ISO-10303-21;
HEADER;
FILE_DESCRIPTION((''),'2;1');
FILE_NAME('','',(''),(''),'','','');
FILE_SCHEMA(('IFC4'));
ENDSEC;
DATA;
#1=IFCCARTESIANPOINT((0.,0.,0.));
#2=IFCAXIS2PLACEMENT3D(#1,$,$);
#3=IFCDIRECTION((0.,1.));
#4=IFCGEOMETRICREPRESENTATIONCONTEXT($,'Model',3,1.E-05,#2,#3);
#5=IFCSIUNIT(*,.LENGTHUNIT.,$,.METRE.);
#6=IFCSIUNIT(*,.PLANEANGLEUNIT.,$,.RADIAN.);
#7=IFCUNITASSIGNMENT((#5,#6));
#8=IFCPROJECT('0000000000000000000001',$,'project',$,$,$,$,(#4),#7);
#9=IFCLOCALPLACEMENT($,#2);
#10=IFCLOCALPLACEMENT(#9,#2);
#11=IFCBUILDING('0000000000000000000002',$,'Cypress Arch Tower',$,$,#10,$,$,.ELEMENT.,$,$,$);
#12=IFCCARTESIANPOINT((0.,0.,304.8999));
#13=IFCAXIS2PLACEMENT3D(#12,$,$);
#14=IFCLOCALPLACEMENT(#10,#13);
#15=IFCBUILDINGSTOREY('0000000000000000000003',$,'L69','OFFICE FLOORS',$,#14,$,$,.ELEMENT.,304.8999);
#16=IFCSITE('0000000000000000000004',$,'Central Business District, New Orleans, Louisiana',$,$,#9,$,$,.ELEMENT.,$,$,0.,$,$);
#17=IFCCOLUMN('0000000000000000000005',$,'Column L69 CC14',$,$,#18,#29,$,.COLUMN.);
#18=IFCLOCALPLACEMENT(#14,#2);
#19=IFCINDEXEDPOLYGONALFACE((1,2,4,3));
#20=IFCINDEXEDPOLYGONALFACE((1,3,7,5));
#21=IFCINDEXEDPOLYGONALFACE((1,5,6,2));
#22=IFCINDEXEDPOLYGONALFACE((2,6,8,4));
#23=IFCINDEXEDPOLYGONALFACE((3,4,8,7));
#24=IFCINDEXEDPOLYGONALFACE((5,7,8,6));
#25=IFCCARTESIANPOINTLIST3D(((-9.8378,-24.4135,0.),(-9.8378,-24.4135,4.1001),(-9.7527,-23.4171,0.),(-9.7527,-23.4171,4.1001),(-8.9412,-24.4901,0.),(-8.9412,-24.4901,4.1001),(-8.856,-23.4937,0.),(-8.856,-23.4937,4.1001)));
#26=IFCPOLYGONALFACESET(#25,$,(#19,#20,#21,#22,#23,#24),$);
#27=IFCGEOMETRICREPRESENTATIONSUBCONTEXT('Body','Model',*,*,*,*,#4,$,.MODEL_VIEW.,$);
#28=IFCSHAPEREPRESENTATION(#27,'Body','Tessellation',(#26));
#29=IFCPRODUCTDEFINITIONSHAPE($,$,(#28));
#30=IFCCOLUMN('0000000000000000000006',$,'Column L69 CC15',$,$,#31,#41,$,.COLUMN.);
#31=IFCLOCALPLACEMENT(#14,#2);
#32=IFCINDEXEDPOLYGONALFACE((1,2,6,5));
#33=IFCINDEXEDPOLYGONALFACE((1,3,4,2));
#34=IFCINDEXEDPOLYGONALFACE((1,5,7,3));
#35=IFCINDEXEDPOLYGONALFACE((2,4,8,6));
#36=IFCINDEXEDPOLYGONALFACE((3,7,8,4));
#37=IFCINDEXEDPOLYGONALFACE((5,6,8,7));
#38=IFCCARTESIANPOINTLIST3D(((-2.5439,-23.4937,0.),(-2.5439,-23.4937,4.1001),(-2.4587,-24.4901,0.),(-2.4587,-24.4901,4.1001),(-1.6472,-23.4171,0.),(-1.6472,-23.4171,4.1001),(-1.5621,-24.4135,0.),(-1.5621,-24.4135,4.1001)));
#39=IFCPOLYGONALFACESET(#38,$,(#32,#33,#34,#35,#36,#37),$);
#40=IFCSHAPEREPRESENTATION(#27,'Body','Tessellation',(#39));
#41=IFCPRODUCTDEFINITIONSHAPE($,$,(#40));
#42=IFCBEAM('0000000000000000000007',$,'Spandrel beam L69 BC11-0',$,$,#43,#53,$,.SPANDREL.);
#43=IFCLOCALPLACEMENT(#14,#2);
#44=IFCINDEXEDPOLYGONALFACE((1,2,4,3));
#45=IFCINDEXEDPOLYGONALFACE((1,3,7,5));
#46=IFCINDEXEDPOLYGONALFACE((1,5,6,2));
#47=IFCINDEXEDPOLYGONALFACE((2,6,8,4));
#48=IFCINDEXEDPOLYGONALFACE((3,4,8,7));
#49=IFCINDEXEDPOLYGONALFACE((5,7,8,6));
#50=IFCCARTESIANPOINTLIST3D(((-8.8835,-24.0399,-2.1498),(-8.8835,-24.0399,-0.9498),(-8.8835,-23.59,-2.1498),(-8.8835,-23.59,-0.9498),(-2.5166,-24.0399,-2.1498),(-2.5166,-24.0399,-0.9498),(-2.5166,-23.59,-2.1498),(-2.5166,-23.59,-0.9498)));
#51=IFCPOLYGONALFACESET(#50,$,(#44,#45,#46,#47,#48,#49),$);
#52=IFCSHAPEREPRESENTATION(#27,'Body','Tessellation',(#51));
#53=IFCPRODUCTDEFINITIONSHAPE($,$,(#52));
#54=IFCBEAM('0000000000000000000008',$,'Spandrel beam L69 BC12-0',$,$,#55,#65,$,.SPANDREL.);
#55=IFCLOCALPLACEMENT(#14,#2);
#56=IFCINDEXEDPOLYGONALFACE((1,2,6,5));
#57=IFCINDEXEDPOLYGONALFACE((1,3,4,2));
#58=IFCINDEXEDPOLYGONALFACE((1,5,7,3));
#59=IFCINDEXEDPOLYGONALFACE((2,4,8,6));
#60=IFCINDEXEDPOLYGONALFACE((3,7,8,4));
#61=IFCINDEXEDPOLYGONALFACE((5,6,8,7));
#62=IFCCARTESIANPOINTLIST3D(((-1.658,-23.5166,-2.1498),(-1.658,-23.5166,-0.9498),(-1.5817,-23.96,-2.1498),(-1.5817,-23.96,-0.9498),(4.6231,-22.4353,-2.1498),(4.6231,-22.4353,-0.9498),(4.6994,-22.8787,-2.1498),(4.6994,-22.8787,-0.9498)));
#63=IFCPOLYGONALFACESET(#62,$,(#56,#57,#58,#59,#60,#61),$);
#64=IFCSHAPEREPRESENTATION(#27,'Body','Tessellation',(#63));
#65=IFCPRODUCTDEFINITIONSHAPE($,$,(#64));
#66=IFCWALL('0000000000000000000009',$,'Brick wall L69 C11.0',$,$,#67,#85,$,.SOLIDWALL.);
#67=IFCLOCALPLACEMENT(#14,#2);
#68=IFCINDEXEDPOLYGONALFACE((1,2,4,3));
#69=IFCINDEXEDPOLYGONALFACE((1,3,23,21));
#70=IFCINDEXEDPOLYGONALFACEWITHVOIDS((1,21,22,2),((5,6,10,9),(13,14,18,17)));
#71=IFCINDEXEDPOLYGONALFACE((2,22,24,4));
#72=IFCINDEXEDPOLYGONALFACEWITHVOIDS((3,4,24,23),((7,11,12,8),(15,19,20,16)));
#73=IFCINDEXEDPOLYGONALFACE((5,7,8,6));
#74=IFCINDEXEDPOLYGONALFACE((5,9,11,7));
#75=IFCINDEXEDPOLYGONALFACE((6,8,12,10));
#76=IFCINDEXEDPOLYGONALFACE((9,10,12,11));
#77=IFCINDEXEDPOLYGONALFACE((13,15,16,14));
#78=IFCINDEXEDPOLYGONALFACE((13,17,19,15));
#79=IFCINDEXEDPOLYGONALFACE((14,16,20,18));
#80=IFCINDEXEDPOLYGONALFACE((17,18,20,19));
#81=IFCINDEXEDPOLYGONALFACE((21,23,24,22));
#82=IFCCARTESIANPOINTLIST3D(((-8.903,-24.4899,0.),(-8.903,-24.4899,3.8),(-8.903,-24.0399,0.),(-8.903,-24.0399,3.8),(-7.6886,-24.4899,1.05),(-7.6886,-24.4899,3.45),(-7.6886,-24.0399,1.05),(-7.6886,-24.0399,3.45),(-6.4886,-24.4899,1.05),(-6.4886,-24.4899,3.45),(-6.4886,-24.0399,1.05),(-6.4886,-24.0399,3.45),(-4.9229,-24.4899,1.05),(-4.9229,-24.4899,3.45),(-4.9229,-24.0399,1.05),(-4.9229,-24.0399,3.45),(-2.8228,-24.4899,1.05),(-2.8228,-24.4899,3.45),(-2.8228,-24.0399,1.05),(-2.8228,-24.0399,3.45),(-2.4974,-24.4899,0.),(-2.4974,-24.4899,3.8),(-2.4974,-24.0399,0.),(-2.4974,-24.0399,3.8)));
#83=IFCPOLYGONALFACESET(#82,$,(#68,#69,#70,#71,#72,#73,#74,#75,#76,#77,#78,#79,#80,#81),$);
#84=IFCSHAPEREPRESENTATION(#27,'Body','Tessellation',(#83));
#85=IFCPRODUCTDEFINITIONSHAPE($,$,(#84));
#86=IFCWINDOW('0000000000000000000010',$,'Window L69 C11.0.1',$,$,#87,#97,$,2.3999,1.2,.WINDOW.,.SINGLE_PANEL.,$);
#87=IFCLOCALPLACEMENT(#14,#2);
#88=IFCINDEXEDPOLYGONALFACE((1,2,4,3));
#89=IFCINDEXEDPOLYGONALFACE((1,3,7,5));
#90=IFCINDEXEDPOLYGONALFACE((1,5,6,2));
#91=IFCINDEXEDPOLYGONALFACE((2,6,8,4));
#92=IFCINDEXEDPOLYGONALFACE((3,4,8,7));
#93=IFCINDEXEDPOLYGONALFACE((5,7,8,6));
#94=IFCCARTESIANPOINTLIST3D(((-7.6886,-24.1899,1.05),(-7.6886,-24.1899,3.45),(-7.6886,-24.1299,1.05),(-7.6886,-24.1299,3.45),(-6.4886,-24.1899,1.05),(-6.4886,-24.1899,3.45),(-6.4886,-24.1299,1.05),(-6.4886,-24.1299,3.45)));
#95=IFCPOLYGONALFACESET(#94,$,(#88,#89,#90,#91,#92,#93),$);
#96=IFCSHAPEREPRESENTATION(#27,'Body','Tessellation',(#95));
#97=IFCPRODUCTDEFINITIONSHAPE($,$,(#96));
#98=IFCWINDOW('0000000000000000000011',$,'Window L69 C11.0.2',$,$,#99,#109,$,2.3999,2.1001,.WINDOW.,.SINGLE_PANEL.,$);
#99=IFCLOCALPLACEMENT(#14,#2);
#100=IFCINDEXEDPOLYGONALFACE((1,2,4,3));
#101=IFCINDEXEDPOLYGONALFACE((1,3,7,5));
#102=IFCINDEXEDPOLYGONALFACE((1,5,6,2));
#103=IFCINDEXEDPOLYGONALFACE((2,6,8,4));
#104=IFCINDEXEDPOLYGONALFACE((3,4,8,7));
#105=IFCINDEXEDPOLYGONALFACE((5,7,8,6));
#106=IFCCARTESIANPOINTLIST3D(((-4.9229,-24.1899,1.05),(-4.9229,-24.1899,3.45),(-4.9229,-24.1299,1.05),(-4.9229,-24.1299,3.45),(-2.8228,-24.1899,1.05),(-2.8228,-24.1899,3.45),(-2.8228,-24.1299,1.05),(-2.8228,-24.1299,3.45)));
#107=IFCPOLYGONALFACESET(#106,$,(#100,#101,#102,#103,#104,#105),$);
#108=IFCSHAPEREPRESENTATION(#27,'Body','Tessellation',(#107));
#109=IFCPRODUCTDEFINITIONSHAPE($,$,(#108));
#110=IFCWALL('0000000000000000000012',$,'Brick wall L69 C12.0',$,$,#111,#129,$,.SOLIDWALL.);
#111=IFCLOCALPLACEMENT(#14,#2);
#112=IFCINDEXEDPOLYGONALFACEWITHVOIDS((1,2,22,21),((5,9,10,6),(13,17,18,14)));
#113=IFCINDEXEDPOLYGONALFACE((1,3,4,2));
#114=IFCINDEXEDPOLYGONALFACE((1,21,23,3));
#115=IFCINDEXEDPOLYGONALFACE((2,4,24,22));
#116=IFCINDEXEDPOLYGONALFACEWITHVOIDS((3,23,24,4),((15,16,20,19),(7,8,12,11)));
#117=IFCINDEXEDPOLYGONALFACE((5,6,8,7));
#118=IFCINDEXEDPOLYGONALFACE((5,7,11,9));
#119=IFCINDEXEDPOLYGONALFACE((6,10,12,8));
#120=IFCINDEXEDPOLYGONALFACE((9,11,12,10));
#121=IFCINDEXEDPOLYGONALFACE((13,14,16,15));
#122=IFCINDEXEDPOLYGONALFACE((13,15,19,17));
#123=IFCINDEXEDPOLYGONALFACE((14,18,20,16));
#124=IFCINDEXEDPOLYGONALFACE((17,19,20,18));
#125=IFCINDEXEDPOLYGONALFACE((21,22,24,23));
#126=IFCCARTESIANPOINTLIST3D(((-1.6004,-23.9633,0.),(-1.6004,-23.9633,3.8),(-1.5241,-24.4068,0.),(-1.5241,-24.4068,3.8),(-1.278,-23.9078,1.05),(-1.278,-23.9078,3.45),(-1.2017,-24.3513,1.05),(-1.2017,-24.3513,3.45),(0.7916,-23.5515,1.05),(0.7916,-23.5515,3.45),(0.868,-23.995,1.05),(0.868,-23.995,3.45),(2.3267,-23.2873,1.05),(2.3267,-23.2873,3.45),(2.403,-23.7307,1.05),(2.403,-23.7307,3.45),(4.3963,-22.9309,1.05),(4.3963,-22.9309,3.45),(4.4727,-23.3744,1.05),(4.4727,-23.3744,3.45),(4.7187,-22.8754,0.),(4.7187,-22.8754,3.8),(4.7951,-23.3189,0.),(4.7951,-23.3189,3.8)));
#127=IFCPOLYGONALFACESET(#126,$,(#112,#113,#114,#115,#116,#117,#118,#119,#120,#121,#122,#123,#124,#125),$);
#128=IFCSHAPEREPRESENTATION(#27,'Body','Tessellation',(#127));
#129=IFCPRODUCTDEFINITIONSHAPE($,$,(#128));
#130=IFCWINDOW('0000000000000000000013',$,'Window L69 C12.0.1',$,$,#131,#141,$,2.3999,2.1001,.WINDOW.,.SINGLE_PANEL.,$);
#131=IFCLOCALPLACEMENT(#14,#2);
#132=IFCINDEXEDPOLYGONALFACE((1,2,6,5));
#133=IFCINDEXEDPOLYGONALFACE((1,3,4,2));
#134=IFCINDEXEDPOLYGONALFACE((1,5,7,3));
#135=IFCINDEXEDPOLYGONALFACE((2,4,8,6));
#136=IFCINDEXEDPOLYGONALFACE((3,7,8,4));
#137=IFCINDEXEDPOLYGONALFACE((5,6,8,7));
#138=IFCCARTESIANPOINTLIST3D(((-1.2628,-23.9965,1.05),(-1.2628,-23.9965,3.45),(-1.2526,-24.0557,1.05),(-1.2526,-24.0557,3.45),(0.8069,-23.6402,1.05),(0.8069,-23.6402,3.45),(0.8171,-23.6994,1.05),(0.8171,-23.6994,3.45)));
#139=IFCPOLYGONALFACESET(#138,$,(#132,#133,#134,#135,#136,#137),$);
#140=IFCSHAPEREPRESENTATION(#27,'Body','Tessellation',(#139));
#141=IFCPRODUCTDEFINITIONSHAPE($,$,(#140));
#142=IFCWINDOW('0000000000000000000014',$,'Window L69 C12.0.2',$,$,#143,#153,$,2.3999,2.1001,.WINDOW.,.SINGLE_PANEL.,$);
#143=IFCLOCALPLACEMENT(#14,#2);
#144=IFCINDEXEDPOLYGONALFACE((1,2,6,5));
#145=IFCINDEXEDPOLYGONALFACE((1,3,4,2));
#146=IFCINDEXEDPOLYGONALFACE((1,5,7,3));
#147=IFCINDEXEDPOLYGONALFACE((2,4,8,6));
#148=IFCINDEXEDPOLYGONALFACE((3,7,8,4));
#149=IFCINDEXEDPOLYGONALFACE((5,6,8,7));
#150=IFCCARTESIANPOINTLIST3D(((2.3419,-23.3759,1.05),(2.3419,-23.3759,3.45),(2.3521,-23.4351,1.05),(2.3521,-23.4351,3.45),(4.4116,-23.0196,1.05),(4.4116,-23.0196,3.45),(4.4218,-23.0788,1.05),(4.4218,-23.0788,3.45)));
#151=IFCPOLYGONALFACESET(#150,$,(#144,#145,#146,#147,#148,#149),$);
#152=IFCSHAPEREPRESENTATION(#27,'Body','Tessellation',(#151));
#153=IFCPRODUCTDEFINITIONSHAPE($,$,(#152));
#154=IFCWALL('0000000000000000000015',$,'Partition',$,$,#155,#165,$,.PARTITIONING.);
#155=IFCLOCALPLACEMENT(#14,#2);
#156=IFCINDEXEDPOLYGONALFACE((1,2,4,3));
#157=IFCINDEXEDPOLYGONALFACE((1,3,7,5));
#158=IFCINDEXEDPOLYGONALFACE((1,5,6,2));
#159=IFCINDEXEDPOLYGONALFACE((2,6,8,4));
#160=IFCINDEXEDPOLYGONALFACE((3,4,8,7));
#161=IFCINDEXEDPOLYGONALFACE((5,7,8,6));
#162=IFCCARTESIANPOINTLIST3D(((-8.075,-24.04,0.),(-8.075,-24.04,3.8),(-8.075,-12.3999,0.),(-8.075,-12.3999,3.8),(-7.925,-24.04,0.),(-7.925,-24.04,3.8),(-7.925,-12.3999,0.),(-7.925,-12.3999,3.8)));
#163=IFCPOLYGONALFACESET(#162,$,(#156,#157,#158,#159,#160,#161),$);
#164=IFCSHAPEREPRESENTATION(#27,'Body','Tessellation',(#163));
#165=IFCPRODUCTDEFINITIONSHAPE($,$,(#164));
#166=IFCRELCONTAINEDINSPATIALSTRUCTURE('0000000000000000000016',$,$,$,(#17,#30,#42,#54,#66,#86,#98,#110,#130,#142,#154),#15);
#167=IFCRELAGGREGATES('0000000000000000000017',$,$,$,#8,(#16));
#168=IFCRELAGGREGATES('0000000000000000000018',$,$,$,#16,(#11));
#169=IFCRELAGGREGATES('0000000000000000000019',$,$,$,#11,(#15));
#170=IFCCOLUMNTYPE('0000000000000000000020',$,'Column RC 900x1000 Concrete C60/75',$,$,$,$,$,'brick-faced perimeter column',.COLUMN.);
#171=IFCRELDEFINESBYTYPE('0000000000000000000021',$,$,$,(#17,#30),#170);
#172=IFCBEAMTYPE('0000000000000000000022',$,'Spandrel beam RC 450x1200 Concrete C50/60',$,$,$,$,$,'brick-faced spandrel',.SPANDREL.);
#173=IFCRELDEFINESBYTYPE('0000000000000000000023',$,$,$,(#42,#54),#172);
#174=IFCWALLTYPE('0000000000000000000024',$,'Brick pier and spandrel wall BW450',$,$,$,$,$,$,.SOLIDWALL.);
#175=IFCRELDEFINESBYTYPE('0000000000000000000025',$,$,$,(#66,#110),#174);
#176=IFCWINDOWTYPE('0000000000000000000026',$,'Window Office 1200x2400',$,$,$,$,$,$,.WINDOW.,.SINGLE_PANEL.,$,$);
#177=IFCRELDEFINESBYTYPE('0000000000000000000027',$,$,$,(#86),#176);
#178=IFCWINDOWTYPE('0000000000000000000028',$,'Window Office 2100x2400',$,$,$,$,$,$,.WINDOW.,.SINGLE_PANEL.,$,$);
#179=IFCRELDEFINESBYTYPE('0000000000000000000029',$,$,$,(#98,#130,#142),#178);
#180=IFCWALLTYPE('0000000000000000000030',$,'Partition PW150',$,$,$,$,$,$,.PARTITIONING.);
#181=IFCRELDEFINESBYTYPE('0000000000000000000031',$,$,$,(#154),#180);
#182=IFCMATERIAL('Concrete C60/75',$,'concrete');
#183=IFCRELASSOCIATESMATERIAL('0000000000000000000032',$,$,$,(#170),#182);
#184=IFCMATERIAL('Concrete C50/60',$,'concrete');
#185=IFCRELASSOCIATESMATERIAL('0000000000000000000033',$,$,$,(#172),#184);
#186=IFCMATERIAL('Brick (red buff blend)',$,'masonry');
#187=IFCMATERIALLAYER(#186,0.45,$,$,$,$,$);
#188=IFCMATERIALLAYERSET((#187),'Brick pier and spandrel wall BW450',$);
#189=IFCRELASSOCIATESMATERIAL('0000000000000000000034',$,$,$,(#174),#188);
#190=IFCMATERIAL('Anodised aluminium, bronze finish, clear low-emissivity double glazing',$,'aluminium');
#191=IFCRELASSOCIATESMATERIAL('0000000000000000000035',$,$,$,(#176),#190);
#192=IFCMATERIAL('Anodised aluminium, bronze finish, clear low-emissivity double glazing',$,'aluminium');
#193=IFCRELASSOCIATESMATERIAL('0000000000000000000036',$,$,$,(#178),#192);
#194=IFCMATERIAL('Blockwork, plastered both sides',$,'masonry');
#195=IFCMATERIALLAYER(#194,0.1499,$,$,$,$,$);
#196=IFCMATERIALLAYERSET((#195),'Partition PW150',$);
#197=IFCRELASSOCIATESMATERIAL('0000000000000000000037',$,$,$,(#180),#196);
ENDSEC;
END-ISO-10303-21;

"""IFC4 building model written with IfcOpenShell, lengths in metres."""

from ifc_helpers import new_model, si_unit, direction, frame, frame_2d, origin, origin_2d, place, context, subcontext, project, spatial, rectangle, extrude, material, layer, layer_set, material_profile, profile_set, type_object, element, fill, save


model = new_model("IFC4")

# Units and contexts
model_context = context("Model", 3, precision=1e-05, world=origin(), true_north=direction((0.0, 1.0)))
body_context = subcontext(model_context, "Body", "Model", "MODEL_VIEW")
ifc_project = project(units=[si_unit("LENGTHUNIT", "METRE"), si_unit("PLANEANGLEUNIT", "RADIAN")], contexts=[model_context])

# Site, building, storey
site_placement = place(None, origin())
site = spatial("IfcSite", under=ifc_project, at=site_placement, Name="Central Business District, New Orleans, Louisiana", CompositionType="ELEMENT", RefElevation=0.0)
building_placement = place(site_placement, origin())
building = spatial("IfcBuilding", under=site, at=building_placement, Name="Cypress Arch Tower", CompositionType="ELEMENT")
storey_placement = place(building_placement, frame((0.0, 0.0, 304.8999)))
storey = spatial("IfcBuildingStorey", under=building, at=storey_placement, Name="L69", Description="OFFICE FLOORS", CompositionType="ELEMENT", Elevation=304.8999)

# Columns
ifc_material_1 = material(Name="Concrete C60/75", Category="concrete")
ifc_material_profile_1 = material_profile(ifc_material_1, rectangle(XDim=0.8999, YDim=1.0, at=origin_2d()), Name="RC 900x1000")
ifc_profile_set_1 = profile_set([ifc_material_profile_1], Name="Concrete C60/75")
column_type = type_object("IfcColumnType", Name="Column RC 900x1000 Concrete C60/75", ElementType="brick-faced perimeter column", PredefinedType="COLUMN", material=ifc_profile_set_1)
for number, where, z_axis, x_axis, name in (
    (1, (-9.3469, -23.9536, 0.0), (0.0, 0.0, 1.0), (0.996368, -0.085149, 0.0), "Column L69 CC14"),
    (2, (-2.053, -23.9536, 0.0), (0.0, 0.0, 1.0), (0.996368, 0.085149, 0.0), "Column L69 CC15"),
):
    element("IfcColumn", number, at=place(storey_placement, frame(where, z_axis=z_axis, x_axis=x_axis)), inside=storey, type_object=column_type, Name=name, PredefinedType="COLUMN", context=body_context, shape_type="SweptSolid", body=[
        extrude(rectangle(XDim=0.8999, YDim=1.0, at=origin_2d()), origin(), (0.0, 0.0, 1.0), 4.1001),
    ])

# Beams
ifc_material_2 = material(Name="Concrete C50/60", Category="concrete")
ifc_material_profile_2 = material_profile(ifc_material_2, rectangle(XDim=0.45, YDim=1.2, at=origin_2d()), Name="RC 450x1200")
ifc_profile_set_2 = profile_set([ifc_material_profile_2], Name="Concrete C50/60")
beam_type = type_object("IfcBeamType", Name="Spandrel beam RC 450x1200 Concrete C50/60", ElementType="brick-faced spandrel", PredefinedType="SPANDREL", material=ifc_profile_set_2)
beam_1_placement = place(storey_placement, frame((-8.8835, -23.8149, -1.5498), z_axis=(1.0, 0.0, 0.0), x_axis=(0.0, 1.0, 0.0)))
element("IfcBeam", 3, at=beam_1_placement, inside=storey, type_object=beam_type, Name="Spandrel beam L69 BC11-0", PredefinedType="SPANDREL", context=body_context, shape_type="SweptSolid", body=[
    extrude(rectangle(XDim=0.45, YDim=1.2, at=origin_2d()), origin(), (0.0, 0.0, 1.0), 6.3669),
])
beam_2_placement = place(storey_placement, frame((-1.6199, -23.7383, -1.5498), z_axis=(0.985504, 0.169652, 0.0), x_axis=(-0.169652, 0.985504, 0.0)))
element("IfcBeam", 4, at=beam_2_placement, inside=storey, type_object=beam_type, Name="Spandrel beam L69 BC12-0", PredefinedType="SPANDREL", context=body_context, shape_type="SweptSolid", body=[
    extrude(rectangle(XDim=0.45, YDim=1.2, at=origin_2d()), origin(), (0.0, 0.0, 1.0), 6.3735),
])

# Walls, openings, windows
ifc_material_3 = material(Name="Brick (red buff blend)", Category="masonry")
ifc_layer_1 = layer(ifc_material_3, 0.45)
ifc_layer_set_1 = layer_set([ifc_layer_1], Name="Brick pier and spandrel wall BW450")
wall_type_1 = type_object("IfcWallType", Name="Brick pier and spandrel wall BW450", PredefinedType="SOLIDWALL", material=ifc_layer_set_1)
wall_1_placement = place(storey_placement, frame((-8.9028, -24.2649, 0.0), z_axis=(0.0, 0.0, 1.0), x_axis=(1.0, 0.0, 0.0)))
wall_1 = element("IfcWall", 5, at=wall_1_placement, inside=storey, type_object=wall_type_1, Name="Brick wall L69 C11.0", PredefinedType="SOLIDWALL", context=body_context, shape_type="SweptSolid", body=[
    extrude(rectangle(XDim=6.4055, YDim=0.45, at=frame_2d((3.2026, 0.0))), origin(), (0.0, 0.0, 1.0), 3.8),
])
opening_1_placement = place(wall_1_placement, frame((3.98, 0.0, 1.05)))
opening_1 = element("IfcOpeningElement", 6, at=opening_1_placement, cuts=wall_1, PredefinedType="OPENING", context=body_context, shape_type="SweptSolid", body=[
    extrude(rectangle(XDim=2.1001, YDim=2.3999, at=frame_2d((1.05, 1.2))), frame((0.0, 0.2349, 0.0), z_axis=(0.0, -1.0, 0.0), x_axis=(1.0, 0.0, 0.0)), (0.0, 0.0, 1.0), 0.47),
])
opening_2_placement = place(wall_1_placement, frame((1.2141, 0.0, 1.05)))
opening_2 = element("IfcOpeningElement", 7, at=opening_2_placement, cuts=wall_1, PredefinedType="OPENING", context=body_context, shape_type="SweptSolid", body=[
    extrude(rectangle(XDim=1.2, YDim=2.3999, at=frame_2d((0.6001, 1.2))), frame((0.0, 0.2349, 0.0), z_axis=(0.0, -1.0, 0.0), x_axis=(1.0, 0.0, 0.0)), (0.0, 0.0, 1.0), 0.47),
])
ifc_material_4 = material(Name="Anodised aluminium, bronze finish, clear low-emissivity double glazing", Category="aluminium")
window_type_1 = type_object("IfcWindowType", Name="Window Office 1200x2400", PartitioningType="SINGLE_PANEL", PredefinedType="WINDOW", material=ifc_material_4)
window_1_placement = place(opening_2_placement, origin())
window_1 = element("IfcWindow", 8, at=window_1_placement, inside=storey, type_object=window_type_1, Name="Window L69 C11.0.1", OverallHeight=2.3999, OverallWidth=1.2, PartitioningType="SINGLE_PANEL", PredefinedType="WINDOW", context=body_context, shape_type="SweptSolid", body=[
    extrude(rectangle(XDim=1.2, YDim=2.3999, at=frame_2d((0.6001, 1.2))), frame((0.0, 0.135, 0.0), z_axis=(0.0, -1.0, 0.0), x_axis=(1.0, 0.0, 0.0)), (0.0, 0.0, 1.0), 0.0601),
])
fill(opening_2, window_1)
ifc_material_5 = material(Name="Anodised aluminium, bronze finish, clear low-emissivity double glazing", Category="aluminium")
window_type_2 = type_object("IfcWindowType", Name="Window Office 2100x2400", PartitioningType="SINGLE_PANEL", PredefinedType="WINDOW", material=ifc_material_5)
window_2_placement = place(opening_1_placement, origin())
window_2 = element("IfcWindow", 9, at=window_2_placement, inside=storey, type_object=window_type_2, Name="Window L69 C11.0.2", OverallHeight=2.3999, OverallWidth=2.1001, PartitioningType="SINGLE_PANEL", PredefinedType="WINDOW", context=body_context, shape_type="SweptSolid", body=[
    extrude(rectangle(XDim=2.1001, YDim=2.3999, at=frame_2d((1.05, 1.2))), frame((0.0, 0.135, 0.0), z_axis=(0.0, -1.0, 0.0), x_axis=(1.0, 0.0, 0.0)), (0.0, 0.0, 1.0), 0.0601),
])
fill(opening_1, window_2)
wall_2_placement = place(storey_placement, frame((-1.5623, -24.1851, 0.0), z_axis=(0.0, 0.0, 1.0), x_axis=(0.985502, 0.169663, 0.0)))
wall_2 = element("IfcWall", 10, at=wall_2_placement, inside=storey, type_object=wall_type_1, Name="Brick wall L69 C12.0", PredefinedType="SOLIDWALL", context=body_context, shape_type="SweptSolid", body=[
    extrude(rectangle(XDim=6.4121, YDim=0.45, at=frame_2d((3.2061, 0.0))), origin(), (0.0, 0.0, 1.0), 3.8),
])
opening_3_placement = place(wall_2_placement, frame((0.3271, 0.0, 1.05)))
opening_3 = element("IfcOpeningElement", 11, at=opening_3_placement, cuts=wall_2, PredefinedType="OPENING", context=body_context, shape_type="SweptSolid", body=[
    extrude(rectangle(XDim=2.1001, YDim=2.3999, at=frame_2d((1.05, 1.2))), frame((0.0, 0.2349, 0.0), z_axis=(0.0, -1.0, 0.0), x_axis=(1.0, 0.0, 0.0)), (0.0, 0.0, 1.0), 0.47),
])
opening_4_placement = place(wall_2_placement, frame((3.9849, 0.0, 1.05)))
opening_4 = element("IfcOpeningElement", 12, at=opening_4_placement, cuts=wall_2, PredefinedType="OPENING", context=body_context, shape_type="SweptSolid", body=[
    extrude(rectangle(XDim=2.1001, YDim=2.3999, at=frame_2d((1.05, 1.2))), frame((0.0, 0.2349, 0.0), z_axis=(0.0, -1.0, 0.0), x_axis=(1.0, 0.0, 0.0)), (0.0, 0.0, 1.0), 0.47),
])
window_3_placement = place(opening_3_placement, origin())
window_3 = element("IfcWindow", 13, at=window_3_placement, inside=storey, type_object=window_type_2, Name="Window L69 C12.0.1", OverallHeight=2.3999, OverallWidth=2.1001, PartitioningType="SINGLE_PANEL", PredefinedType="WINDOW", context=body_context, shape_type="SweptSolid", body=[
    extrude(rectangle(XDim=2.1001, YDim=2.3999, at=frame_2d((1.05, 1.2))), frame((0.0, 0.135, 0.0), z_axis=(0.0, -1.0, 0.0), x_axis=(1.0, 0.0, 0.0)), (0.0, 0.0, 1.0), 0.0601),
])
fill(opening_3, window_3)
window_4_placement = place(opening_4_placement, origin())
window_4 = element("IfcWindow", 14, at=window_4_placement, inside=storey, type_object=window_type_2, Name="Window L69 C12.0.2", OverallHeight=2.3999, OverallWidth=2.1001, PartitioningType="SINGLE_PANEL", PredefinedType="WINDOW", context=body_context, shape_type="SweptSolid", body=[
    extrude(rectangle(XDim=2.1001, YDim=2.3999, at=frame_2d((1.05, 1.2))), frame((0.0, 0.135, 0.0), z_axis=(0.0, -1.0, 0.0), x_axis=(1.0, 0.0, 0.0)), (0.0, 0.0, 1.0), 0.0601),
])
fill(opening_4, window_4)

# Wall
ifc_material_6 = material(Name="Blockwork, plastered both sides", Category="masonry")
ifc_layer_2 = layer(ifc_material_6, 0.1499)
ifc_layer_set_2 = layer_set([ifc_layer_2], Name="Partition PW150")
wall_type_2 = type_object("IfcWallType", Name="Partition PW150", PredefinedType="PARTITIONING", material=ifc_layer_set_2)
wall_3_placement = place(storey_placement, frame((-8.0, -24.04, 0.0), z_axis=(0.0, 0.0, 1.0), x_axis=(0.0, 1.0, 0.0)))
element("IfcWall", 15, at=wall_3_placement, inside=storey, type_object=wall_type_2, Name="Partition", PredefinedType="PARTITIONING", context=body_context, shape_type="SweptSolid", body=[
    extrude(rectangle(XDim=11.6401, YDim=0.1499, at=frame_2d((5.8201, 0.0))), origin(), (0.0, 0.0, 1.0), 3.8),
])

save(model, "model.ifc")
